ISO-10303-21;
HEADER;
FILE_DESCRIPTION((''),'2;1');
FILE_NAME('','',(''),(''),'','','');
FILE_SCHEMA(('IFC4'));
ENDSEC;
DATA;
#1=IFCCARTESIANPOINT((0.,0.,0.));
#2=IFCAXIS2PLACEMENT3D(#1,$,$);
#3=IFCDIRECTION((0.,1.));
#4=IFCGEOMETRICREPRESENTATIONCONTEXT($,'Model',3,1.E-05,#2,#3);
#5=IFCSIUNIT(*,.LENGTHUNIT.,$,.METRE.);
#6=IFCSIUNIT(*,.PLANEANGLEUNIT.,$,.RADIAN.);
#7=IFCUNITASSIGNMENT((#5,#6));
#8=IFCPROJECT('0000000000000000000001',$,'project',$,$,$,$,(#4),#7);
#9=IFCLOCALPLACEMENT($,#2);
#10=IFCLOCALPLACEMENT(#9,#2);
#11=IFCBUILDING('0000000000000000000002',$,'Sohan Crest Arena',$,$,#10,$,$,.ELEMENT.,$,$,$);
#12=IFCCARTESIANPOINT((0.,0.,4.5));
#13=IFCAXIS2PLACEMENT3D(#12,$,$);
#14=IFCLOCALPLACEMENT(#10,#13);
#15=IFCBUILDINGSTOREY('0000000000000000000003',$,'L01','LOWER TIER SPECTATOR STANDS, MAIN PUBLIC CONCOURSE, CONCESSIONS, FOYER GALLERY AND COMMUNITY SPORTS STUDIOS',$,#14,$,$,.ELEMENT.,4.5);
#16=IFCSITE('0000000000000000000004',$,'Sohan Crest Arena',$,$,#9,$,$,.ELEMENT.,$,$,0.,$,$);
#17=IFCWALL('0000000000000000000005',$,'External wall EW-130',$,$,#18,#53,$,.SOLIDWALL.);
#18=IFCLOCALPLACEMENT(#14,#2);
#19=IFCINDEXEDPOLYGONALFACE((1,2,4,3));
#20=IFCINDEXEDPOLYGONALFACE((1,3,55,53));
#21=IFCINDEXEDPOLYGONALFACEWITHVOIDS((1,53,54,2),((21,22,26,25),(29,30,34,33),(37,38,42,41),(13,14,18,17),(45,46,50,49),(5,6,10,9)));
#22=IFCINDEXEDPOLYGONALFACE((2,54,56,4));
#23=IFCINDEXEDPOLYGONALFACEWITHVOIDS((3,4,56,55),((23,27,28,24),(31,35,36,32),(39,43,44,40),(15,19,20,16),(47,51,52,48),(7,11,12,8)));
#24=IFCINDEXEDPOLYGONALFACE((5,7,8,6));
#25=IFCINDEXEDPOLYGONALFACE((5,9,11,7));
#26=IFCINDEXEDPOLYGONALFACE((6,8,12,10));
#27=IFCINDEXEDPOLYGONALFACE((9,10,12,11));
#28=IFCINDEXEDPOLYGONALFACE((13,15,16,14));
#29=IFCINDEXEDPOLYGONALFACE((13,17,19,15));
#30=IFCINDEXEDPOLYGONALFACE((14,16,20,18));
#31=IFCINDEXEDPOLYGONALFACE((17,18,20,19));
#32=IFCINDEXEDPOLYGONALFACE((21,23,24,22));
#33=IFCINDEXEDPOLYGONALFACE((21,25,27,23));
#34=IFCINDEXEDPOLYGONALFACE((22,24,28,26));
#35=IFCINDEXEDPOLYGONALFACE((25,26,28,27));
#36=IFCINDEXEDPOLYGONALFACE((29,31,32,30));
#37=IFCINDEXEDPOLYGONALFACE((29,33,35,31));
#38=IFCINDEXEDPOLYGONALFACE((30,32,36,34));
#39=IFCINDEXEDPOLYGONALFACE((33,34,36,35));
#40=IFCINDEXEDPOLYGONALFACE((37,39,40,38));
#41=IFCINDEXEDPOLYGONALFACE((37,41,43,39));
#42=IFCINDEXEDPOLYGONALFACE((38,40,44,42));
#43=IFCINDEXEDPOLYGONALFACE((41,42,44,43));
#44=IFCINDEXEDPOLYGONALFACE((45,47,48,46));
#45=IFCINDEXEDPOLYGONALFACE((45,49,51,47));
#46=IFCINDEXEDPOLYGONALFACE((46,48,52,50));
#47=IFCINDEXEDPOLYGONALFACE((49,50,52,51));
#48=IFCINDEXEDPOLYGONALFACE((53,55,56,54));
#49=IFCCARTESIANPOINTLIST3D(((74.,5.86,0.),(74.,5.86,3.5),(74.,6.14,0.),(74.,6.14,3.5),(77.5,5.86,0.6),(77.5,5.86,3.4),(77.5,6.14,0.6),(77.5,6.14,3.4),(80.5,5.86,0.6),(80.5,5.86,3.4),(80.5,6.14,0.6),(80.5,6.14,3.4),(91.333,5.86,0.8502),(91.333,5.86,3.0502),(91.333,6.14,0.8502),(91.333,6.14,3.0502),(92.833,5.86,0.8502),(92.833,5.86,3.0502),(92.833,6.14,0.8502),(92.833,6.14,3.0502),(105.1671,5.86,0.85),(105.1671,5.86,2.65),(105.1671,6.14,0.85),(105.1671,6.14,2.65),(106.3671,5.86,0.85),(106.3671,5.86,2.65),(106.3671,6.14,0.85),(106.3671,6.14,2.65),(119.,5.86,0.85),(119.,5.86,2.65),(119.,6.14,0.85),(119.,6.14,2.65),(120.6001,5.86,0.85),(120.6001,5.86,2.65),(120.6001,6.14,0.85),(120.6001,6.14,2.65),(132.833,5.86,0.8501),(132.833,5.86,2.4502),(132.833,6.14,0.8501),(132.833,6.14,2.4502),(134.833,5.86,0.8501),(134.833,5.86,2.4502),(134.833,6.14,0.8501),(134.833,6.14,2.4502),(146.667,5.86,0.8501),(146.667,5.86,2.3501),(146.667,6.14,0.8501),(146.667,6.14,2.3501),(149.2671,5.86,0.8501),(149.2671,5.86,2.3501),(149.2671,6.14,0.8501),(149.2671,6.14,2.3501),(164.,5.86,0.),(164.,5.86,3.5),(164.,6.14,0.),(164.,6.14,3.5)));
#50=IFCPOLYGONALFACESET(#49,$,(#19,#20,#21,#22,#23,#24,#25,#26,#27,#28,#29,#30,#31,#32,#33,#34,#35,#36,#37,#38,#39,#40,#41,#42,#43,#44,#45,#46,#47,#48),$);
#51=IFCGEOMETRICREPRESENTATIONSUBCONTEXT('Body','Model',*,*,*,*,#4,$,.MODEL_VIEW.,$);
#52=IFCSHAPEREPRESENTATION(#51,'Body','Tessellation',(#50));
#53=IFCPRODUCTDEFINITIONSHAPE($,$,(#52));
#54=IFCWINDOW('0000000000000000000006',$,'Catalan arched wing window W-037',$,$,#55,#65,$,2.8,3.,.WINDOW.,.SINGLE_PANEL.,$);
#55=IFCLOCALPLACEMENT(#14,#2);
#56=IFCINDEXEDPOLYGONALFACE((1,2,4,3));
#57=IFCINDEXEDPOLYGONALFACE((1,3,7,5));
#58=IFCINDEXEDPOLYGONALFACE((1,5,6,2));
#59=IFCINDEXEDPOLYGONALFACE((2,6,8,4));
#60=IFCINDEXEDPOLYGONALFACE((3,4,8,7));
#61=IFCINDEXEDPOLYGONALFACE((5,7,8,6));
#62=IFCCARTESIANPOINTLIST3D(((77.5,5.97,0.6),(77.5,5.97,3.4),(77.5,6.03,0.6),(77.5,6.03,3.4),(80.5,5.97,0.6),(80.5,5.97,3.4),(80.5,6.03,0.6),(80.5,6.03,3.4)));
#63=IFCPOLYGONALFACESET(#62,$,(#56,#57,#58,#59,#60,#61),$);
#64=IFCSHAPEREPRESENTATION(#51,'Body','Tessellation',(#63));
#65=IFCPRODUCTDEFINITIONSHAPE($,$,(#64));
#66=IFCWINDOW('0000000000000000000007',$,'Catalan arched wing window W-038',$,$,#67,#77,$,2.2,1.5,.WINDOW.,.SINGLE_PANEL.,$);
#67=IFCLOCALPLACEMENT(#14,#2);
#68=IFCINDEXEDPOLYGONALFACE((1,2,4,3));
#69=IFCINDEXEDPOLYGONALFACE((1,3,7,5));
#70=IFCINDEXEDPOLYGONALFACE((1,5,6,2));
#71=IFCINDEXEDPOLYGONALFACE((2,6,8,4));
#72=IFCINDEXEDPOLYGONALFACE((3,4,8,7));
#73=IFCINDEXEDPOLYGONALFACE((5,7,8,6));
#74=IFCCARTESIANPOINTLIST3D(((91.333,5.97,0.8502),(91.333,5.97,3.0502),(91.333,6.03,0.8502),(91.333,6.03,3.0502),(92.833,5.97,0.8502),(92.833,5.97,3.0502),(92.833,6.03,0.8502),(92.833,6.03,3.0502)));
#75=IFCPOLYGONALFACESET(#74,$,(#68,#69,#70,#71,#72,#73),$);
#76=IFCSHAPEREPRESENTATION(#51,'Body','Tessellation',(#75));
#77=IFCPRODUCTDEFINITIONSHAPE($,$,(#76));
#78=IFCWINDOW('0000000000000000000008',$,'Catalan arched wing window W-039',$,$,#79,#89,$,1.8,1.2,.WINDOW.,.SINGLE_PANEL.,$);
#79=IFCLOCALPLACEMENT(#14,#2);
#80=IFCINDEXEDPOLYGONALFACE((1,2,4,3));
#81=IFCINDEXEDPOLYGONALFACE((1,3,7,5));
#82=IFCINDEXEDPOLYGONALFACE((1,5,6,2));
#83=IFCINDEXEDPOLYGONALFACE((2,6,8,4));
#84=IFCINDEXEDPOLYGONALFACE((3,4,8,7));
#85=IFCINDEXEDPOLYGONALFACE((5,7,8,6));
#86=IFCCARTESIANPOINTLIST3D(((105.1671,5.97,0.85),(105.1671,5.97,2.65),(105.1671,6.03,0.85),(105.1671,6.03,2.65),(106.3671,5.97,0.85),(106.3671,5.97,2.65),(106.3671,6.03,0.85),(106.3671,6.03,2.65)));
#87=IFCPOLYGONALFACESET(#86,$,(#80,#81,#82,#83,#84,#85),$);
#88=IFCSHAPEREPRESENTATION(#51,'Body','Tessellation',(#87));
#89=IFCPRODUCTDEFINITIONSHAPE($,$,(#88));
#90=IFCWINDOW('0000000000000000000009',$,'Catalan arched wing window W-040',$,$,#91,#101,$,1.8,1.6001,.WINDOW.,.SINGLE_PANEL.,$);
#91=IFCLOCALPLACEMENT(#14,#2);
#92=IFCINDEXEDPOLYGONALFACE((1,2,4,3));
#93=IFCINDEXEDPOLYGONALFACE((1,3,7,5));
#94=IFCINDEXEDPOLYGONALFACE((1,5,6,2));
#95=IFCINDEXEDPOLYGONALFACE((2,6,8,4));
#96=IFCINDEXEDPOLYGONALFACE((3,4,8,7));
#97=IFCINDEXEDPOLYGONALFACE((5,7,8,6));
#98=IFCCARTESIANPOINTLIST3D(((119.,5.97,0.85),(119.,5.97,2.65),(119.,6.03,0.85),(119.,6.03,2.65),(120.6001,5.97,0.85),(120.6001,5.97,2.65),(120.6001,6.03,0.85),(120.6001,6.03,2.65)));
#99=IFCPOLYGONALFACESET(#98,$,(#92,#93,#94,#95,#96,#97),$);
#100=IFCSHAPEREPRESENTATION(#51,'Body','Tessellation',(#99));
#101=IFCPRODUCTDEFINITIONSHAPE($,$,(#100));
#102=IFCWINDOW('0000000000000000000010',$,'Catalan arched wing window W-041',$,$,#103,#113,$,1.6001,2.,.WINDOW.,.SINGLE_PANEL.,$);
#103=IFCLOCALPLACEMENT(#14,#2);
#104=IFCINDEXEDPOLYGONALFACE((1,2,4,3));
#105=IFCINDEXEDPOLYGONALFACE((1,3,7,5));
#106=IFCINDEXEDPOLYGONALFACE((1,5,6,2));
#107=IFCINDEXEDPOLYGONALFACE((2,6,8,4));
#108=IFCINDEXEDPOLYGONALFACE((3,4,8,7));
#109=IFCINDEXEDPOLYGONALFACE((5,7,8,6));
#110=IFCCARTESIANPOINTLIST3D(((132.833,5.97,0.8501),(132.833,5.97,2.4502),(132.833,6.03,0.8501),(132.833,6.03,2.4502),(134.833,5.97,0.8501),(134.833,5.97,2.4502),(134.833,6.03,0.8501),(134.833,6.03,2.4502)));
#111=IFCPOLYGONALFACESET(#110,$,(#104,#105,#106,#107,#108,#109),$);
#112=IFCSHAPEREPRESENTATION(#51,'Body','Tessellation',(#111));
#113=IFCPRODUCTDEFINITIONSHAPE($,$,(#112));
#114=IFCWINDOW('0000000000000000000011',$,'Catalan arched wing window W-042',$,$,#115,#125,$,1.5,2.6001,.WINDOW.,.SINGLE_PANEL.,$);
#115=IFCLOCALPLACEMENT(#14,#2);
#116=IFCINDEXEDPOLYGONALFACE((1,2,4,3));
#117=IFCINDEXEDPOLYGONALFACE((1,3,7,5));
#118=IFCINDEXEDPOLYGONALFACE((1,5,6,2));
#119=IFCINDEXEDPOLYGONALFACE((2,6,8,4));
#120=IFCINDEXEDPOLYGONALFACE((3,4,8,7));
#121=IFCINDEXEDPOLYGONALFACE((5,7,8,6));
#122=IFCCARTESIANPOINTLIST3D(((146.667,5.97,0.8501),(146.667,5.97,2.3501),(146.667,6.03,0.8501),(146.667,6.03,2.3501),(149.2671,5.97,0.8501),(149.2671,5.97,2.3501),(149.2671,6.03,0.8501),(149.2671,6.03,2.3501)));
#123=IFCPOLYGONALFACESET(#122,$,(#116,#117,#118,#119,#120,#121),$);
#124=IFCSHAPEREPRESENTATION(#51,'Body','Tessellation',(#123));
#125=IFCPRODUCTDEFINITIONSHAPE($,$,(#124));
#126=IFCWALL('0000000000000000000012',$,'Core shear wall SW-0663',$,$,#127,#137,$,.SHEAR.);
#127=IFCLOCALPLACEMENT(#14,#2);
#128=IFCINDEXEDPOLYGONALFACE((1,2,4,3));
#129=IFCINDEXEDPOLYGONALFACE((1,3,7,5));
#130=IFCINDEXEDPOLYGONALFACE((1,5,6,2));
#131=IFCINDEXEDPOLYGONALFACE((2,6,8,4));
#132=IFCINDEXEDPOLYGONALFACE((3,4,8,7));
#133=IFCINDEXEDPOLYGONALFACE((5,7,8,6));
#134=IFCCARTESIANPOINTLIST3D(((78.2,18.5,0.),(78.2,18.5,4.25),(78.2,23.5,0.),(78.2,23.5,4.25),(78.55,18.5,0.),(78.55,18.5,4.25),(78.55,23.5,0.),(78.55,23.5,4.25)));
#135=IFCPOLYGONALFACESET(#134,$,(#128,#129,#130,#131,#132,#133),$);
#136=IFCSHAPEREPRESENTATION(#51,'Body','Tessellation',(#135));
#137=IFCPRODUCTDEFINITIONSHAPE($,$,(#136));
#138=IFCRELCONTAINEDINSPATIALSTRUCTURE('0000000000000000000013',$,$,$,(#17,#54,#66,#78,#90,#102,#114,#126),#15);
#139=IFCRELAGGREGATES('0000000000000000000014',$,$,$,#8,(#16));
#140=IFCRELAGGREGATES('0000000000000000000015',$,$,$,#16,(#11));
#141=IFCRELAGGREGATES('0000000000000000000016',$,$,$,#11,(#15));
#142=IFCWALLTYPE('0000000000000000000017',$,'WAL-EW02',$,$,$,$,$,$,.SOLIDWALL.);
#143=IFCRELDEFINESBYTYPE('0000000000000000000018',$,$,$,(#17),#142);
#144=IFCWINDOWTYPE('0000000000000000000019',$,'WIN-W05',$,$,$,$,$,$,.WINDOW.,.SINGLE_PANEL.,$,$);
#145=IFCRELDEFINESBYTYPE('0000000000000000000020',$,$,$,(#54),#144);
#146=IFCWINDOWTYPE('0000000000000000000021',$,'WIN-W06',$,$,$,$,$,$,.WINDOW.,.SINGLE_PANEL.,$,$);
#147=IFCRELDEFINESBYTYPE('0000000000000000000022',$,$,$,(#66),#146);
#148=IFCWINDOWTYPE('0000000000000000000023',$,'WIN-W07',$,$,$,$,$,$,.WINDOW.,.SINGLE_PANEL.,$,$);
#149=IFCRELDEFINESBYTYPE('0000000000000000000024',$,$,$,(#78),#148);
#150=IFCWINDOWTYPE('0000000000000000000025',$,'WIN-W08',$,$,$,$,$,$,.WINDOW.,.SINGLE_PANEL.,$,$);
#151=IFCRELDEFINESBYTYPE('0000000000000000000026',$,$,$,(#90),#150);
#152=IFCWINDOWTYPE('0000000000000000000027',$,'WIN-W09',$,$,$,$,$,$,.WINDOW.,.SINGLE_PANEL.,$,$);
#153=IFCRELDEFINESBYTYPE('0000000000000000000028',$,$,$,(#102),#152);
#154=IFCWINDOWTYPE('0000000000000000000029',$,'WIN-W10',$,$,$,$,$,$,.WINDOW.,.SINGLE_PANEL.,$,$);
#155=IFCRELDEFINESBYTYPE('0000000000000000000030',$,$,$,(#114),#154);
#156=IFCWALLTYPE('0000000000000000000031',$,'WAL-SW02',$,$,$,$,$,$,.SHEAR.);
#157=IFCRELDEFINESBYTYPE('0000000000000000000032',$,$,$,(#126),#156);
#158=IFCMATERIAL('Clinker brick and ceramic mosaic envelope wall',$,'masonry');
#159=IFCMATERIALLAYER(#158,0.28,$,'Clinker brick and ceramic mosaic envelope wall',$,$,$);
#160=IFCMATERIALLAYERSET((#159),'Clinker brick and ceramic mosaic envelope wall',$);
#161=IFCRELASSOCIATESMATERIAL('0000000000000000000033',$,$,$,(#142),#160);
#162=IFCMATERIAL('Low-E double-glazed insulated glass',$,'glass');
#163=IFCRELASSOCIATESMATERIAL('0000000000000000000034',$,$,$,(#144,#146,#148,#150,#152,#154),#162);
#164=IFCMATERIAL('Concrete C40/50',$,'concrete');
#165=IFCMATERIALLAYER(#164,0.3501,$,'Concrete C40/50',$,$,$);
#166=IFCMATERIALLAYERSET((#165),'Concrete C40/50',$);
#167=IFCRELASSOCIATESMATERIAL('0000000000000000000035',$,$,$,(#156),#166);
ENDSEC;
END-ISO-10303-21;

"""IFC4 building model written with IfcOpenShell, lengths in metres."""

from ifc_helpers import new_model, si_unit, direction, frame, frame_2d, origin, place, context, subcontext, project, spatial, rectangle, extrude, material, layer, layer_set, type_object, element, fill, save


model = new_model("IFC4")

# Units and contexts
model_context = context("Model", 3, precision=1e-05, world=origin(), true_north=direction((0.0, 1.0)))
body_context = subcontext(model_context, "Body", "Model", "MODEL_VIEW")
ifc_project = project(units=[si_unit("LENGTHUNIT", "METRE"), si_unit("PLANEANGLEUNIT", "RADIAN")], contexts=[model_context])

# Site, building, storey
site_placement = place(None, origin())
site = spatial("IfcSite", under=ifc_project, at=site_placement, Name="Sohan Crest Arena", CompositionType="ELEMENT", RefElevation=0.0)
building_placement = place(site_placement, origin())
building = spatial("IfcBuilding", under=site, at=building_placement, Name="Sohan Crest Arena", CompositionType="ELEMENT")
storey_placement = place(building_placement, frame((0.0, 0.0, 4.5)))
storey = spatial("IfcBuildingStorey", under=building, at=storey_placement, Name="L01", Description="LOWER TIER SPECTATOR STANDS, MAIN PUBLIC CONCOURSE, CONCESSIONS, FOYER GALLERY AND COMMUNITY SPORTS STUDIOS", CompositionType="ELEMENT", Elevation=4.5)

# Wall, openings, windows
ifc_material_1 = material(Name="Clinker brick and ceramic mosaic envelope wall", Category="masonry")
ifc_layer_1 = layer(ifc_material_1, 0.28, Name="Clinker brick and ceramic mosaic envelope wall")
ifc_layer_set_1 = layer_set([ifc_layer_1], Name="Clinker brick and ceramic mosaic envelope wall")
wall_type_1 = type_object("IfcWallType", Name="WAL-EW02", PredefinedType="SOLIDWALL", material=ifc_layer_set_1)
wall_1_placement = place(storey_placement, frame((74.0, 6.0, 0.0), z_axis=(0.0, 0.0, 1.0), x_axis=(1.0, 0.0, 0.0)))
wall_1 = element("IfcWall", 1, at=wall_1_placement, inside=storey, type_object=wall_type_1, Name="External wall EW-130", PredefinedType="SOLIDWALL", context=body_context, shape_type="SweptSolid", body=[
    extrude(rectangle(XDim=90.0, YDim=0.28, at=frame_2d((45.0, 0.0))), origin(), (0.0, 0.0, 1.0), 3.5),
])
opening_1_placement = place(wall_1_placement, frame((3.5, 0.0, 0.6001)))
opening_1 = element("IfcOpeningElement", 2, at=opening_1_placement, cuts=wall_1, PredefinedType="OPENING", context=body_context, shape_type="SweptSolid", body=[
    extrude(rectangle(XDim=3.0, YDim=2.8, at=frame_2d((1.5, 1.3999))), frame((0.0, 0.1499, 0.0), z_axis=(0.0, -1.0, 0.0), x_axis=(1.0, 0.0, 0.0)), (0.0, 0.0, 1.0), 0.3),
])
opening_2_placement = place(wall_1_placement, frame((17.333, 0.0, 0.8501)))
opening_2 = element("IfcOpeningElement", 3, at=opening_2_placement, cuts=wall_1, PredefinedType="OPENING", context=body_context, shape_type="SweptSolid", body=[
    extrude(rectangle(XDim=1.5, YDim=2.2, at=frame_2d((0.75, 1.1001))), frame((0.0, 0.1499, 0.0), z_axis=(0.0, -1.0, 0.0), x_axis=(1.0, 0.0, 0.0)), (0.0, 0.0, 1.0), 0.3),
])
opening_3_placement = place(wall_1_placement, frame((31.167, 0.0, 0.8501)))
opening_3 = element("IfcOpeningElement", 4, at=opening_3_placement, cuts=wall_1, PredefinedType="OPENING", context=body_context, shape_type="SweptSolid", body=[
    extrude(rectangle(XDim=1.2, YDim=1.8, at=frame_2d((0.6001, 0.8999))), frame((0.0, 0.1499, 0.0), z_axis=(0.0, -1.0, 0.0), x_axis=(1.0, 0.0, 0.0)), (0.0, 0.0, 1.0), 0.3),
])
opening_4_placement = place(wall_1_placement, frame((45.0, 0.0, 0.8501)))
opening_4 = element("IfcOpeningElement", 5, at=opening_4_placement, cuts=wall_1, PredefinedType="OPENING", context=body_context, shape_type="SweptSolid", body=[
    extrude(rectangle(XDim=1.6001, YDim=1.8, at=frame_2d((0.8, 0.8999))), frame((0.0, 0.1499, 0.0), z_axis=(0.0, -1.0, 0.0), x_axis=(1.0, 0.0, 0.0)), (0.0, 0.0, 1.0), 0.3),
])
opening_5_placement = place(wall_1_placement, frame((58.833, 0.0, 0.8501)))
opening_5 = element("IfcOpeningElement", 6, at=opening_5_placement, cuts=wall_1, PredefinedType="OPENING", context=body_context, shape_type="SweptSolid", body=[
    extrude(rectangle(XDim=2.0, YDim=1.6001, at=frame_2d((1.0, 0.8))), frame((0.0, 0.1499, 0.0), z_axis=(0.0, -1.0, 0.0), x_axis=(1.0, 0.0, 0.0)), (0.0, 0.0, 1.0), 0.3),
])
opening_6_placement = place(wall_1_placement, frame((72.667, 0.0, 0.8501)))
opening_6 = element("IfcOpeningElement", 7, at=opening_6_placement, cuts=wall_1, PredefinedType="OPENING", context=body_context, shape_type="SweptSolid", body=[
    extrude(rectangle(XDim=2.6001, YDim=1.5, at=frame_2d((1.3, 0.75))), frame((0.0, 0.1499, 0.0), z_axis=(0.0, -1.0, 0.0), x_axis=(1.0, 0.0, 0.0)), (0.0, 0.0, 1.0), 0.3),
])
ifc_material_2 = material(Name="Low-E double-glazed insulated glass", Category="glass")
window_type_1 = type_object("IfcWindowType", Name="WIN-W05", PartitioningType="SINGLE_PANEL", PredefinedType="WINDOW", material=ifc_material_2)
window_1_placement = place(opening_1_placement, origin())
window_1 = element("IfcWindow", 8, at=window_1_placement, inside=storey, type_object=window_type_1, Name="Catalan arched wing window W-037", OverallHeight=2.8, OverallWidth=3.0, PartitioningType="SINGLE_PANEL", PredefinedType="WINDOW", context=body_context, shape_type="SweptSolid", body=[
    extrude(rectangle(XDim=3.0, YDim=2.8, at=frame_2d((1.5, 1.3999))), frame((0.0, 0.03, 0.0), z_axis=(0.0, -1.0, 0.0), x_axis=(1.0, 0.0, 0.0)), (0.0, 0.0, 1.0), 0.0601),
])
fill(opening_1, window_1)
window_type_2 = type_object("IfcWindowType", Name="WIN-W06", PartitioningType="SINGLE_PANEL", PredefinedType="WINDOW", material=ifc_material_2)
window_2_placement = place(opening_2_placement, origin())
window_2 = element("IfcWindow", 9, at=window_2_placement, inside=storey, type_object=window_type_2, Name="Catalan arched wing window W-038", OverallHeight=2.2, OverallWidth=1.5, PartitioningType="SINGLE_PANEL", PredefinedType="WINDOW", context=body_context, shape_type="SweptSolid", body=[
    extrude(rectangle(XDim=1.5, YDim=2.2, at=frame_2d((0.75, 1.1001))), frame((0.0, 0.03, 0.0), z_axis=(0.0, -1.0, 0.0), x_axis=(1.0, 0.0, 0.0)), (0.0, 0.0, 1.0), 0.0601),
])
fill(opening_2, window_2)
window_type_3 = type_object("IfcWindowType", Name="WIN-W07", PartitioningType="SINGLE_PANEL", PredefinedType="WINDOW", material=ifc_material_2)
window_3_placement = place(opening_3_placement, origin())
window_3 = element("IfcWindow", 10, at=window_3_placement, inside=storey, type_object=window_type_3, Name="Catalan arched wing window W-039", OverallHeight=1.8, OverallWidth=1.2, PartitioningType="SINGLE_PANEL", PredefinedType="WINDOW", context=body_context, shape_type="SweptSolid", body=[
    extrude(rectangle(XDim=1.2, YDim=1.8, at=frame_2d((0.6001, 0.8999))), frame((0.0, 0.03, 0.0), z_axis=(0.0, -1.0, 0.0), x_axis=(1.0, 0.0, 0.0)), (0.0, 0.0, 1.0), 0.0601),
])
fill(opening_3, window_3)
window_type_4 = type_object("IfcWindowType", Name="WIN-W08", PartitioningType="SINGLE_PANEL", PredefinedType="WINDOW", material=ifc_material_2)
window_4_placement = place(opening_4_placement, origin())
window_4 = element("IfcWindow", 11, at=window_4_placement, inside=storey, type_object=window_type_4, Name="Catalan arched wing window W-040", OverallHeight=1.8, OverallWidth=1.6001, PartitioningType="SINGLE_PANEL", PredefinedType="WINDOW", context=body_context, shape_type="SweptSolid", body=[
    extrude(rectangle(XDim=1.6001, YDim=1.8, at=frame_2d((0.8, 0.8999))), frame((0.0, 0.03, 0.0), z_axis=(0.0, -1.0, 0.0), x_axis=(1.0, 0.0, 0.0)), (0.0, 0.0, 1.0), 0.0601),
])
fill(opening_4, window_4)
window_type_5 = type_object("IfcWindowType", Name="WIN-W09", PartitioningType="SINGLE_PANEL", PredefinedType="WINDOW", material=ifc_material_2)
window_5_placement = place(opening_5_placement, origin())
window_5 = element("IfcWindow", 12, at=window_5_placement, inside=storey, type_object=window_type_5, Name="Catalan arched wing window W-041", OverallHeight=1.6001, OverallWidth=2.0, PartitioningType="SINGLE_PANEL", PredefinedType="WINDOW", context=body_context, shape_type="SweptSolid", body=[
    extrude(rectangle(XDim=2.0, YDim=1.6001, at=frame_2d((1.0, 0.8))), frame((0.0, 0.03, 0.0), z_axis=(0.0, -1.0, 0.0), x_axis=(1.0, 0.0, 0.0)), (0.0, 0.0, 1.0), 0.0601),
])
fill(opening_5, window_5)
window_type_6 = type_object("IfcWindowType", Name="WIN-W10", PartitioningType="SINGLE_PANEL", PredefinedType="WINDOW", material=ifc_material_2)
window_6_placement = place(opening_6_placement, origin())
window_6 = element("IfcWindow", 13, at=window_6_placement, inside=storey, type_object=window_type_6, Name="Catalan arched wing window W-042", OverallHeight=1.5, OverallWidth=2.6001, PartitioningType="SINGLE_PANEL", PredefinedType="WINDOW", context=body_context, shape_type="SweptSolid", body=[
    extrude(rectangle(XDim=2.6001, YDim=1.5, at=frame_2d((1.3, 0.75))), frame((0.0, 0.03, 0.0), z_axis=(0.0, -1.0, 0.0), x_axis=(1.0, 0.0, 0.0)), (0.0, 0.0, 1.0), 0.0601),
])
fill(opening_6, window_6)

# Wall
ifc_material_3 = material(Name="Concrete C40/50", Category="concrete")
ifc_layer_2 = layer(ifc_material_3, 0.3501, Name="Concrete C40/50")
ifc_layer_set_2 = layer_set([ifc_layer_2], Name="Concrete C40/50")
wall_type_2 = type_object("IfcWallType", Name="WAL-SW02", PredefinedType="SHEAR", material=ifc_layer_set_2)
wall_2_placement = place(storey_placement, frame((78.375, 18.5, 0.0), z_axis=(0.0, 0.0, 1.0), x_axis=(0.0, 1.0, 0.0)))
element("IfcWall", 14, at=wall_2_placement, inside=storey, type_object=wall_type_2, Name="Core shear wall SW-0663", PredefinedType="SHEAR", context=body_context, shape_type="SweptSolid", body=[
    extrude(rectangle(XDim=5.0, YDim=0.3501, at=frame_2d((2.5, 0.0))), origin(), (0.0, 0.0, 1.0), 4.25),
])

save(model, "model.ifc")
